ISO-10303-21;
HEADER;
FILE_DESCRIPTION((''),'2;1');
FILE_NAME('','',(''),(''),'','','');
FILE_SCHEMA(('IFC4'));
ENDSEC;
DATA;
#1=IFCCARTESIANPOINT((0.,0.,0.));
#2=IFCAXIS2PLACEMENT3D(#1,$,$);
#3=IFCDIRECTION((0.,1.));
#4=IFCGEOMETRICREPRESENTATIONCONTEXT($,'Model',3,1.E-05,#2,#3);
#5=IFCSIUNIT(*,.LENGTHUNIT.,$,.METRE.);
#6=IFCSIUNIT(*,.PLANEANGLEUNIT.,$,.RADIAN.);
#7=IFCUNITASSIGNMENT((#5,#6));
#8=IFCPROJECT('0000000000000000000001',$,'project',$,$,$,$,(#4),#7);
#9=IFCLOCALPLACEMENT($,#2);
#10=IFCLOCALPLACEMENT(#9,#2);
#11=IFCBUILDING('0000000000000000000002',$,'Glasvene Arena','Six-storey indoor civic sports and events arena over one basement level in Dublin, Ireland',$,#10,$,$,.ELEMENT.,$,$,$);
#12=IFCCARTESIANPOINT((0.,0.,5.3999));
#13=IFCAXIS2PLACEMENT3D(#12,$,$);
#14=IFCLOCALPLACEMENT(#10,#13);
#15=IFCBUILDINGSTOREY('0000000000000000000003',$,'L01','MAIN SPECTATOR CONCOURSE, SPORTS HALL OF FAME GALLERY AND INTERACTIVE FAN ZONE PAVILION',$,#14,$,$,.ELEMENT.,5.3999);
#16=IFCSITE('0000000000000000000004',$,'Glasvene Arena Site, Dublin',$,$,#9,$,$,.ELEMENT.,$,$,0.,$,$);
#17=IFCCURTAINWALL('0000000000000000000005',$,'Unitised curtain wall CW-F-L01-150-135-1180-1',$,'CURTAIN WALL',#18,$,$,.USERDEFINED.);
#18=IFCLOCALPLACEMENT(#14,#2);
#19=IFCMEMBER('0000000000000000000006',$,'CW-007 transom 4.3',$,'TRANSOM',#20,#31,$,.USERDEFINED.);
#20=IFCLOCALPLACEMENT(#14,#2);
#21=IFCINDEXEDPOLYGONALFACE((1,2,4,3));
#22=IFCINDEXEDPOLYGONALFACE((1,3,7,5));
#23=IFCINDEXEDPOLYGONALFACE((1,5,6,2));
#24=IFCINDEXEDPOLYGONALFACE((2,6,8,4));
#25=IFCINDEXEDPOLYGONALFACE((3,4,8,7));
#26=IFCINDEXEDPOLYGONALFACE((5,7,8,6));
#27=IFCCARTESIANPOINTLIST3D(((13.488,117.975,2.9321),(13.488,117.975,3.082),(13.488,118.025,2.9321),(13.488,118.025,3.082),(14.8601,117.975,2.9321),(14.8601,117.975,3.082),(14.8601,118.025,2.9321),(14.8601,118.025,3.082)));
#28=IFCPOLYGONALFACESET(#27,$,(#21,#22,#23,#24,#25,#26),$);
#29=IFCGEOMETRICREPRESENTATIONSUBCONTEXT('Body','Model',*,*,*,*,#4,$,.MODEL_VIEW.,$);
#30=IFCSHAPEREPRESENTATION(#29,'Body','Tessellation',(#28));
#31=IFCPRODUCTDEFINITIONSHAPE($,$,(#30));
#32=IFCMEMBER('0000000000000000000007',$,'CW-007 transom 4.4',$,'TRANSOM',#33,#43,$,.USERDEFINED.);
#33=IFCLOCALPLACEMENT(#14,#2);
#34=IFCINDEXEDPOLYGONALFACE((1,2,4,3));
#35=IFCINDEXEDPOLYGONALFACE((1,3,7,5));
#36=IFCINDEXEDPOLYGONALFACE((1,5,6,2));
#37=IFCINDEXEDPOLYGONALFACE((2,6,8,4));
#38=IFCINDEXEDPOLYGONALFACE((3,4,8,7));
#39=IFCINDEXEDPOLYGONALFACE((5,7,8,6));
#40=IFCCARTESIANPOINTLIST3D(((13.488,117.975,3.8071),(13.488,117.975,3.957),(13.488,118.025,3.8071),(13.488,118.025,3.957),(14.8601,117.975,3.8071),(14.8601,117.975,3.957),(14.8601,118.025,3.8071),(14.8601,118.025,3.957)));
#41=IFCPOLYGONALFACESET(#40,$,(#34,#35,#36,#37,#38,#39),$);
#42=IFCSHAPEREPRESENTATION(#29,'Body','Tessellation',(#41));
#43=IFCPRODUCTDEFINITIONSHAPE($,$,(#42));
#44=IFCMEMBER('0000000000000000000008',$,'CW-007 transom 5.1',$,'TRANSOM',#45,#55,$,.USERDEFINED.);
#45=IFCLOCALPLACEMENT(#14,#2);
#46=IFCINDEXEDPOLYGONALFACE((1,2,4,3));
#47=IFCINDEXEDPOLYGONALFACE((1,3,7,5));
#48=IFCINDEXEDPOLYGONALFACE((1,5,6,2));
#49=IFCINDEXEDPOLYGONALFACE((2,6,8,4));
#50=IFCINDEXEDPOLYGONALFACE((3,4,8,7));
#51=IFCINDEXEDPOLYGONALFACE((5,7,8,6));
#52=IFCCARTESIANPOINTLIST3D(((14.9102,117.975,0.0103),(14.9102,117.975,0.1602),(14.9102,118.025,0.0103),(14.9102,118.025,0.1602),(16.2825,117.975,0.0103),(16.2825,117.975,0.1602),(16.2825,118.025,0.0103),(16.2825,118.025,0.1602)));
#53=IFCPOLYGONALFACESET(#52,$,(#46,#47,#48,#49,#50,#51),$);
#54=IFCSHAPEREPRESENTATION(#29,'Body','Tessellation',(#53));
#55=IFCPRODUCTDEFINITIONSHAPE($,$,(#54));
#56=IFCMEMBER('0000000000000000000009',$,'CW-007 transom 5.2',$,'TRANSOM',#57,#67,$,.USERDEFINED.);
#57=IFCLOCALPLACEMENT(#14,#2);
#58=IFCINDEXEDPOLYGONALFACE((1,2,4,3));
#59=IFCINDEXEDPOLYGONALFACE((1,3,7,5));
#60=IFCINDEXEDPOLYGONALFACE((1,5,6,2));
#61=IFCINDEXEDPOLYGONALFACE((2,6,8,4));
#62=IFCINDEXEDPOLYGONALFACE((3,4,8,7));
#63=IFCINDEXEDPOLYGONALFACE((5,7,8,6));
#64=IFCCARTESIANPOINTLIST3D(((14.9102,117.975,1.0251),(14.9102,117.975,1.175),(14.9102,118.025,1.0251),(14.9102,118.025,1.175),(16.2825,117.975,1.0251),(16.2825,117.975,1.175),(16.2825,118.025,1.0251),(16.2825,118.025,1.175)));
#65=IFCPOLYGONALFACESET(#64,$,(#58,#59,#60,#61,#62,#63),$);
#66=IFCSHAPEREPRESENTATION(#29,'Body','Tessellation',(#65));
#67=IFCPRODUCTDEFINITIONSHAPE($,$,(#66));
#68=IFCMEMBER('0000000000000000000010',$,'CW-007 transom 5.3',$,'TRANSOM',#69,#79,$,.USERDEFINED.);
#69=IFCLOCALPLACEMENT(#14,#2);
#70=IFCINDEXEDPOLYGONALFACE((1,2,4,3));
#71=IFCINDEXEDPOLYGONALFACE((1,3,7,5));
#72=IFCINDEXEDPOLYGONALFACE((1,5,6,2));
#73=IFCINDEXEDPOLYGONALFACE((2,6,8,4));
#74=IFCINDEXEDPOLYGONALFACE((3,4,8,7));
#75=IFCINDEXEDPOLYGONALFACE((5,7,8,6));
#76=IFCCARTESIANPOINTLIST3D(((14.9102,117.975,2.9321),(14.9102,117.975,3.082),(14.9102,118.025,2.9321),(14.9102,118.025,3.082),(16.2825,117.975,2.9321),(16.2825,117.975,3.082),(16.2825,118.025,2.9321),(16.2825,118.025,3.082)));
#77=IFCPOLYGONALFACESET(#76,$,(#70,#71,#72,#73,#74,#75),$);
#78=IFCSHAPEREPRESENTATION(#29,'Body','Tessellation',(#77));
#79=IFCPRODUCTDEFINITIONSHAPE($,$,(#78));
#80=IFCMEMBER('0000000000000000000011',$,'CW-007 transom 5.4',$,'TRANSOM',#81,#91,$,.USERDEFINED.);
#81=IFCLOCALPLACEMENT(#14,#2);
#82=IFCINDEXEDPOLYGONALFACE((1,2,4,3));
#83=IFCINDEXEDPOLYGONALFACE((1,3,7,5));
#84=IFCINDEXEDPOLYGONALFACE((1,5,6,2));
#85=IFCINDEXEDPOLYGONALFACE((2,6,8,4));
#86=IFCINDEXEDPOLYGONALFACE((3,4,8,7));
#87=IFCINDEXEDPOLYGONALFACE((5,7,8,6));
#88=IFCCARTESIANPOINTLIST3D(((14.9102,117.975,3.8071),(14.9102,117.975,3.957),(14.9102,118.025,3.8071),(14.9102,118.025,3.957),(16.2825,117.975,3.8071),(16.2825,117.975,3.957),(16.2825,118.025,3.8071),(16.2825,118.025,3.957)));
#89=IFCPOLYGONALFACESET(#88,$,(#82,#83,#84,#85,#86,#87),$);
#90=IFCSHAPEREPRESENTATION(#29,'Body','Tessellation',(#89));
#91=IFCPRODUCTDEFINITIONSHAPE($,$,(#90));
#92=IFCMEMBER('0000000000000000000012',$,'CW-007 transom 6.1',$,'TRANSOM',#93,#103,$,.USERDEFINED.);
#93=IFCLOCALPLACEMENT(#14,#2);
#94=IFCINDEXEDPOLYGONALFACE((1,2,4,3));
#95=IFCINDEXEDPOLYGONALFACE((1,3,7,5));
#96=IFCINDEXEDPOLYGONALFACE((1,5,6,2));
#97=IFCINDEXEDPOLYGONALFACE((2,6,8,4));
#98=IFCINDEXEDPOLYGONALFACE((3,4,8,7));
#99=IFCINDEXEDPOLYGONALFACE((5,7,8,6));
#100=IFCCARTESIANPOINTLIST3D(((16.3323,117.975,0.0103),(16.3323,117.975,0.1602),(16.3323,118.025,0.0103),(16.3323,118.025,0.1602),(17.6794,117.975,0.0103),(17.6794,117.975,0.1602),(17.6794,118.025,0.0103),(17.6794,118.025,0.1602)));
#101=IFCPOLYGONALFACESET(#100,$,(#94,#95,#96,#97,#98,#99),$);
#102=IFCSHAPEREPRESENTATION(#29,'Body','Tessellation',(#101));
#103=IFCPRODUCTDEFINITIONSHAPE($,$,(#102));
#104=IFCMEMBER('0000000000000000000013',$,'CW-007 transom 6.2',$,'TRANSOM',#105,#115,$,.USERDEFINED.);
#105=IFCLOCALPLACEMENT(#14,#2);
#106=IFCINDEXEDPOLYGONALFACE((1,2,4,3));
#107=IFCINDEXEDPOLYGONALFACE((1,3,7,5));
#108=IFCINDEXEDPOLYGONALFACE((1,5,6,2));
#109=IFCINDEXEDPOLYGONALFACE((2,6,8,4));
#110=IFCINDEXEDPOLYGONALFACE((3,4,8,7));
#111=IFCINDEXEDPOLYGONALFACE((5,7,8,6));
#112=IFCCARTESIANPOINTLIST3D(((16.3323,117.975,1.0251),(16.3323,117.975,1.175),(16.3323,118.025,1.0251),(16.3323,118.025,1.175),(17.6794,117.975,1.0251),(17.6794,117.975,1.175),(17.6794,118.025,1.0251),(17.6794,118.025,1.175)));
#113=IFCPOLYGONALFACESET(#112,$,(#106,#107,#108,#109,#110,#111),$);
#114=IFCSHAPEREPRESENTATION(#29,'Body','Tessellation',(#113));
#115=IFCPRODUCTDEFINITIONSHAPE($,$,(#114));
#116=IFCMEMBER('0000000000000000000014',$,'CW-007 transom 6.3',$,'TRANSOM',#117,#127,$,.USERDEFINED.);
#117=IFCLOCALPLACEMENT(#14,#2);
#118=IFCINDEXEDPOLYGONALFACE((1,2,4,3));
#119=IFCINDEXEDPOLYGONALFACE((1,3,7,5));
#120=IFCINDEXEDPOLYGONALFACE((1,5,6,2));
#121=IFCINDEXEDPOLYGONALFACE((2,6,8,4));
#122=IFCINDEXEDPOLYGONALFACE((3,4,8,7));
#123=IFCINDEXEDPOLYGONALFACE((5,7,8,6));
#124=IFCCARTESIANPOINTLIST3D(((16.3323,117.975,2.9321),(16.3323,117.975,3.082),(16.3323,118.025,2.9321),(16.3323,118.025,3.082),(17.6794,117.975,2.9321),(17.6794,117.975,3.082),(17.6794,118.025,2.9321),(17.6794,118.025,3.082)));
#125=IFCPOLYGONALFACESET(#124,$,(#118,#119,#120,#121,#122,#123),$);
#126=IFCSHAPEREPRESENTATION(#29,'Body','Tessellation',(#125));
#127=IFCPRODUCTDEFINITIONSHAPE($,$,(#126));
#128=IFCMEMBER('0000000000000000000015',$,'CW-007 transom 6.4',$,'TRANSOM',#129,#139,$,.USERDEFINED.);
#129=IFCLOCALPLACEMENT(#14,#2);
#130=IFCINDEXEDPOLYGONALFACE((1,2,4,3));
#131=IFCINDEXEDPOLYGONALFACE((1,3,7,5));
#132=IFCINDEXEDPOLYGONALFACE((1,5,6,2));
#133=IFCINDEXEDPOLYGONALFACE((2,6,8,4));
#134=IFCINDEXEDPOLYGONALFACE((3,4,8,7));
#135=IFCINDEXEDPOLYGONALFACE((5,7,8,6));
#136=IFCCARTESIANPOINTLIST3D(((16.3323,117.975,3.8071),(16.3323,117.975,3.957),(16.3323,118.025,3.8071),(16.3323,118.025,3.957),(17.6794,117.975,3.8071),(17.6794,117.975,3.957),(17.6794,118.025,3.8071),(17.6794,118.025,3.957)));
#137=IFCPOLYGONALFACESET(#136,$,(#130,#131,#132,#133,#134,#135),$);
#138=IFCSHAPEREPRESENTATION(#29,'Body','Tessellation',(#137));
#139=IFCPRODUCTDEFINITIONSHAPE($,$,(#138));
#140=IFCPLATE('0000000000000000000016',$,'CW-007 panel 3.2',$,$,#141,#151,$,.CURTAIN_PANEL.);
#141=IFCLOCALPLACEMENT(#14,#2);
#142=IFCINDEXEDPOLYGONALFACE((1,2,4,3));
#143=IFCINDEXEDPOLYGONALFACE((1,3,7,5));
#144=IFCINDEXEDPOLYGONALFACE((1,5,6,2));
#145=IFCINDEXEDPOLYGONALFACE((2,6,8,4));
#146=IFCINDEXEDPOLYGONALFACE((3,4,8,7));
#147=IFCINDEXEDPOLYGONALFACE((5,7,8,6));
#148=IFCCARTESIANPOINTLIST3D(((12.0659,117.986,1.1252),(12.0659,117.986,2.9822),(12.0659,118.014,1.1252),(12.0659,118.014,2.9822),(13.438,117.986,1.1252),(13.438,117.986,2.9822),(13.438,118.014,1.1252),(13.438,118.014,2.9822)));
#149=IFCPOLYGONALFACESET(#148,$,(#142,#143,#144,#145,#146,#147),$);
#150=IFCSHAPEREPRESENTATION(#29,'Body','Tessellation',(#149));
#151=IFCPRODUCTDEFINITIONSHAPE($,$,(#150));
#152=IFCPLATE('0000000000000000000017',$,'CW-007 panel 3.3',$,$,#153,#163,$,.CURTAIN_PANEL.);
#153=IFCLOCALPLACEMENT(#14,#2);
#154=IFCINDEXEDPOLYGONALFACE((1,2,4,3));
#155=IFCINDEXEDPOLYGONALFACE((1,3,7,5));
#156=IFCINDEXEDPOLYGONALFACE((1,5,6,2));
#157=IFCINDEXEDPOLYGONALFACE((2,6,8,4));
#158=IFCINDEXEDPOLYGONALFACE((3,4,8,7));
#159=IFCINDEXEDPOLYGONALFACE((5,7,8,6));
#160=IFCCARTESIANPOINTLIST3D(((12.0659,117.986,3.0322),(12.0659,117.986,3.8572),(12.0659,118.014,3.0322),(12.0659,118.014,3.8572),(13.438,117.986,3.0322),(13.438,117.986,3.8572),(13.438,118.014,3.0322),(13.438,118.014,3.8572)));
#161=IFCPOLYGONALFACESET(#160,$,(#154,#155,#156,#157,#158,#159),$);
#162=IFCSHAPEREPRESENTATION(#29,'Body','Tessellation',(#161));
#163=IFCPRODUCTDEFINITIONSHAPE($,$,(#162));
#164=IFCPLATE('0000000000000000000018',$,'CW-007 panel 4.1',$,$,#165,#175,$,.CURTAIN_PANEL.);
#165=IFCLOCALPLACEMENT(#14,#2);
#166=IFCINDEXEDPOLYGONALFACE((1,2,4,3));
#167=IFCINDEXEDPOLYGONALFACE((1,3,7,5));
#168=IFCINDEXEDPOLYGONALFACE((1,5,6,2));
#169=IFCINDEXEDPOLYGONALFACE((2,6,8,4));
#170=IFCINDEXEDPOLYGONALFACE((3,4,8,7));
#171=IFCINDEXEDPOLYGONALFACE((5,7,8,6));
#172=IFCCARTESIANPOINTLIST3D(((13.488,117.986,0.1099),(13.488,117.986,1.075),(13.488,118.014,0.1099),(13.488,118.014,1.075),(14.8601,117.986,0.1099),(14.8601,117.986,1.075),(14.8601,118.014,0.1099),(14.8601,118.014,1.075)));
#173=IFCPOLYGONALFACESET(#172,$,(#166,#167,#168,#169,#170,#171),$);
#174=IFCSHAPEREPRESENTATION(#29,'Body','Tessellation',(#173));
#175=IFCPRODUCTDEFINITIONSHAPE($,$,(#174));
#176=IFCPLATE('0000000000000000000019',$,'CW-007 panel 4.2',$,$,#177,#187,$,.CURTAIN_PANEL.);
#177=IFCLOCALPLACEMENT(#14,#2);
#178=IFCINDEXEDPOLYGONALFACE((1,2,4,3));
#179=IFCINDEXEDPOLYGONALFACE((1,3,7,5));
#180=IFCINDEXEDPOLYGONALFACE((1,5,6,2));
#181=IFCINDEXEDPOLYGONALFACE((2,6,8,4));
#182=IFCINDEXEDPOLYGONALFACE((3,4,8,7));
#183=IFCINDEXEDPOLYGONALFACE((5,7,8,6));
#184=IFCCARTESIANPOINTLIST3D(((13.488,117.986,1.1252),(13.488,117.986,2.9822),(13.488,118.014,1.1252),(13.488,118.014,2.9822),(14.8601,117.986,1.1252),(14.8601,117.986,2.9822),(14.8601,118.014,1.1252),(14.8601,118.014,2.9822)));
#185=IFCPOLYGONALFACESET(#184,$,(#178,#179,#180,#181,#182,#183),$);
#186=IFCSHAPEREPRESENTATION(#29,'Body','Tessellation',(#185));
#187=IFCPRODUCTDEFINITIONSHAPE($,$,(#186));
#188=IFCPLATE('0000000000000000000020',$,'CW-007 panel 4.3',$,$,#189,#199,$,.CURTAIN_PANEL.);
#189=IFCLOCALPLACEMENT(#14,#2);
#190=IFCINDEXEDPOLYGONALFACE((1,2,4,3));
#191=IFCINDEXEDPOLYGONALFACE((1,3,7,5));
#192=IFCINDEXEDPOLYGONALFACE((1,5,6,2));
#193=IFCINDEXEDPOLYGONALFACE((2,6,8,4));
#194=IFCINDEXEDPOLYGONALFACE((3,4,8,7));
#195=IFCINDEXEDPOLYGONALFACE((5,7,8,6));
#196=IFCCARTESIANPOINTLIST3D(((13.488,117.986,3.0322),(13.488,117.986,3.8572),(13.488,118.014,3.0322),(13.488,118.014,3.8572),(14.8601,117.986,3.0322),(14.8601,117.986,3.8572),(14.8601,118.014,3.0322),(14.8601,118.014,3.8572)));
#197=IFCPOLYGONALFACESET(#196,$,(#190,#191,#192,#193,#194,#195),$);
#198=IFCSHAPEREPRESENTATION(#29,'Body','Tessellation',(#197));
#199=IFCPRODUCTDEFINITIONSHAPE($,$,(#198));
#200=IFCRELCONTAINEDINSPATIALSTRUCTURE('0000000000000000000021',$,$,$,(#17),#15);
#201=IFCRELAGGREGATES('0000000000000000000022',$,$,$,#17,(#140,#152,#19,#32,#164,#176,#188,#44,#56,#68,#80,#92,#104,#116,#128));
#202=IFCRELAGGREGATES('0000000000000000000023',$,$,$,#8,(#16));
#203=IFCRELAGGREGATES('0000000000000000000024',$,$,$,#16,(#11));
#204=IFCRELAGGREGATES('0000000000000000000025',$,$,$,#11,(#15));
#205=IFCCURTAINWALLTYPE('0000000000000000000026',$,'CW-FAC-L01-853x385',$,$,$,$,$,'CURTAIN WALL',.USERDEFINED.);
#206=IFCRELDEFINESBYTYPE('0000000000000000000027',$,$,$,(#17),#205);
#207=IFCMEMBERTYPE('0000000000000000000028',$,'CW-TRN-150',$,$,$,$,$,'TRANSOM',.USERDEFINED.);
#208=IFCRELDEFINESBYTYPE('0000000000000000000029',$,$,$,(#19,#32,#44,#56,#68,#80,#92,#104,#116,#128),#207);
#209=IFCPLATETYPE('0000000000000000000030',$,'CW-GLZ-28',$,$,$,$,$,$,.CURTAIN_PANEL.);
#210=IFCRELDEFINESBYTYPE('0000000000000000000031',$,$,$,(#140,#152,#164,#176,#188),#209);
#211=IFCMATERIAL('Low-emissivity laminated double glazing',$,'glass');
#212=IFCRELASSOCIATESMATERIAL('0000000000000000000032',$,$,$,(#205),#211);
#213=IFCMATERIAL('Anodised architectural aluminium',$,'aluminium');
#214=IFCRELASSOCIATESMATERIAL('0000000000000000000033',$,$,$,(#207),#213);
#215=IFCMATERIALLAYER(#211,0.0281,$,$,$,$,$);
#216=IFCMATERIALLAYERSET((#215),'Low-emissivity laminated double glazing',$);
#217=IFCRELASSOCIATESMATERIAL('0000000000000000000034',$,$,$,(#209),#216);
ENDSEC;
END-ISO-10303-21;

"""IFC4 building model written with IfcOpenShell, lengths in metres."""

from ifc_helpers import new_model, si_unit, direction, frame, origin, origin_2d, place, context, subcontext, project, spatial, rectangle, extrude, material, layer, layer_set, material_profile, profile_set, type_object, element, aggregate, save


model = new_model("IFC4")

# Units and contexts
model_context = context("Model", 3, precision=1e-05, world=origin(), true_north=direction((0.0, 1.0)))
body_context = subcontext(model_context, "Body", "Model", "MODEL_VIEW")
ifc_project = project(units=[si_unit("LENGTHUNIT", "METRE"), si_unit("PLANEANGLEUNIT", "RADIAN")], contexts=[model_context])

# Site, building, storey
site_placement = place(None, origin())
site = spatial("IfcSite", under=ifc_project, at=site_placement, Name="Glasvene Arena Site, Dublin", CompositionType="ELEMENT", RefElevation=0.0)
building_placement = place(site_placement, origin())
building = spatial("IfcBuilding", under=site, at=building_placement, Name="Glasvene Arena", Description="Six-storey indoor civic sports and events arena over one basement level in Dublin, Ireland", CompositionType="ELEMENT")
storey_placement = place(building_placement, frame((0.0, 0.0, 5.3999)))
storey = spatial("IfcBuildingStorey", under=building, at=storey_placement, Name="L01", Description="MAIN SPECTATOR CONCOURSE, SPORTS HALL OF FAME GALLERY AND INTERACTIVE FAN ZONE PAVILION", CompositionType="ELEMENT", Elevation=5.3999)

# Curtain wall, members, plates
ifc_material_1 = material(Name="Low-emissivity laminated double glazing", Category="glass")
curtain_wall_type = type_object("IfcCurtainWallType", Name="CW-FAC-L01-853x385", ElementType="CURTAIN WALL", PredefinedType="USERDEFINED", material=ifc_material_1)
curtain_wall_placement = place(storey_placement, frame((9.1965, 118.0, 0.0)))
curtain_wall = element("IfcCurtainWall", 1, at=curtain_wall_placement, inside=storey, type_object=curtain_wall_type, Name="Unitised curtain wall CW-F-L01-150-135-1180-1", ObjectType="CURTAIN WALL", PredefinedType="USERDEFINED")
ifc_material_2 = material(Name="Anodised architectural aluminium", Category="aluminium")
ifc_material_profile_1 = material_profile(ifc_material_2, rectangle(XDim=0.05, YDim=0.1499, at=origin_2d()), Name="ALU TRANSOM 50x150")
ifc_profile_set_1 = profile_set([ifc_material_profile_1], Name="Anodised architectural aluminium")
member_type_1 = type_object("IfcMemberType", Name="CW-TRN-150", ElementType="TRANSOM", PredefinedType="USERDEFINED", material=ifc_profile_set_1)
member_1_placement = place(storey_placement, frame((13.488, 118.0, 3.0071), z_axis=(1.0, 0.0, 0.0), x_axis=(0.0, 1.0, 0.0)))
member_1 = element("IfcMember", 2, at=member_1_placement, type_object=member_type_1, Name="CW-007 transom 4.3", ObjectType="TRANSOM", PredefinedType="USERDEFINED", context=body_context, shape_type="SweptSolid", body=[
    extrude(rectangle(XDim=0.05, YDim=0.1499, at=origin_2d()), origin(), (0.0, 0.0, 1.0), 1.3721),
])
member_2_placement = place(storey_placement, frame((13.488, 118.0, 3.8821), z_axis=(1.0, 0.0, 0.0), x_axis=(0.0, 1.0, 0.0)))
member_2 = element("IfcMember", 3, at=member_2_placement, type_object=member_type_1, Name="CW-007 transom 4.4", ObjectType="TRANSOM", PredefinedType="USERDEFINED", context=body_context, shape_type="SweptSolid", body=[
    extrude(rectangle(XDim=0.05, YDim=0.1499, at=origin_2d()), origin(), (0.0, 0.0, 1.0), 1.3721),
])
member_3_placement = place(storey_placement, frame((14.9102, 118.0, 0.0852), z_axis=(1.0, 0.0, 0.0), x_axis=(0.0, 1.0, 0.0)))
member_3 = element("IfcMember", 4, at=member_3_placement, type_object=member_type_1, Name="CW-007 transom 5.1", ObjectType="TRANSOM", PredefinedType="USERDEFINED", context=body_context, shape_type="SweptSolid", body=[
    extrude(rectangle(XDim=0.05, YDim=0.1499, at=origin_2d()), origin(), (0.0, 0.0, 1.0), 1.3723),
])
member_4_placement = place(storey_placement, frame((14.9102, 118.0, 1.1001), z_axis=(1.0, 0.0, 0.0), x_axis=(0.0, 1.0, 0.0)))
member_4 = element("IfcMember", 5, at=member_4_placement, type_object=member_type_1, Name="CW-007 transom 5.2", ObjectType="TRANSOM", PredefinedType="USERDEFINED", context=body_context, shape_type="SweptSolid", body=[
    extrude(rectangle(XDim=0.05, YDim=0.1499, at=origin_2d()), origin(), (0.0, 0.0, 1.0), 1.3723),
])
member_5_placement = place(storey_placement, frame((14.9102, 118.0, 3.0071), z_axis=(1.0, 0.0, 0.0), x_axis=(0.0, 1.0, 0.0)))
member_5 = element("IfcMember", 6, at=member_5_placement, type_object=member_type_1, Name="CW-007 transom 5.3", ObjectType="TRANSOM", PredefinedType="USERDEFINED", context=body_context, shape_type="SweptSolid", body=[
    extrude(rectangle(XDim=0.05, YDim=0.1499, at=origin_2d()), origin(), (0.0, 0.0, 1.0), 1.3723),
])
member_6_placement = place(storey_placement, frame((14.9102, 118.0, 3.8821), z_axis=(1.0, 0.0, 0.0), x_axis=(0.0, 1.0, 0.0)))
member_6 = element("IfcMember", 7, at=member_6_placement, type_object=member_type_1, Name="CW-007 transom 5.4", ObjectType="TRANSOM", PredefinedType="USERDEFINED", context=body_context, shape_type="SweptSolid", body=[
    extrude(rectangle(XDim=0.05, YDim=0.1499, at=origin_2d()), origin(), (0.0, 0.0, 1.0), 1.3723),
])
member_7_placement = place(storey_placement, frame((16.3323, 118.0, 0.0852), z_axis=(1.0, 0.0, 0.0), x_axis=(0.0, 1.0, 0.0)))
member_7 = element("IfcMember", 8, at=member_7_placement, type_object=member_type_1, Name="CW-007 transom 6.1", ObjectType="TRANSOM", PredefinedType="USERDEFINED", context=body_context, shape_type="SweptSolid", body=[
    extrude(rectangle(XDim=0.05, YDim=0.1499, at=origin_2d()), origin(), (0.0, 0.0, 1.0), 1.3472),
])
member_8_placement = place(storey_placement, frame((16.3323, 118.0, 1.1001), z_axis=(1.0, 0.0, 0.0), x_axis=(0.0, 1.0, 0.0)))
member_8 = element("IfcMember", 9, at=member_8_placement, type_object=member_type_1, Name="CW-007 transom 6.2", ObjectType="TRANSOM", PredefinedType="USERDEFINED", context=body_context, shape_type="SweptSolid", body=[
    extrude(rectangle(XDim=0.05, YDim=0.1499, at=origin_2d()), origin(), (0.0, 0.0, 1.0), 1.3472),
])
member_9_placement = place(storey_placement, frame((16.3323, 118.0, 3.0071), z_axis=(1.0, 0.0, 0.0), x_axis=(0.0, 1.0, 0.0)))
member_9 = element("IfcMember", 10, at=member_9_placement, type_object=member_type_1, Name="CW-007 transom 6.3", ObjectType="TRANSOM", PredefinedType="USERDEFINED", context=body_context, shape_type="SweptSolid", body=[
    extrude(rectangle(XDim=0.05, YDim=0.1499, at=origin_2d()), origin(), (0.0, 0.0, 1.0), 1.3472),
])
member_10_placement = place(storey_placement, frame((16.3323, 118.0, 3.8821), z_axis=(1.0, 0.0, 0.0), x_axis=(0.0, 1.0, 0.0)))
member_10 = element("IfcMember", 11, at=member_10_placement, type_object=member_type_1, Name="CW-007 transom 6.4", ObjectType="TRANSOM", PredefinedType="USERDEFINED", context=body_context, shape_type="SweptSolid", body=[
    extrude(rectangle(XDim=0.05, YDim=0.1499, at=origin_2d()), origin(), (0.0, 0.0, 1.0), 1.3472),
])
ifc_layer_1 = layer(ifc_material_1, 0.0281)
ifc_layer_set_1 = layer_set([ifc_layer_1], Name="Low-emissivity laminated double glazing")
plate_type = type_object("IfcPlateType", Name="CW-GLZ-28", PredefinedType="CURTAIN_PANEL", material=ifc_layer_set_1)
plate_1_placement = place(storey_placement, frame((12.752, 118.0, 1.1252), z_axis=(0.0, 0.0, 1.0), x_axis=(1.0, 0.0, 0.0)))
plate_1 = element("IfcPlate", 12, at=plate_1_placement, type_object=plate_type, Name="CW-007 panel 3.2", PredefinedType="CURTAIN_PANEL", context=body_context, shape_type="SweptSolid", body=[
    extrude(rectangle(XDim=1.3721, YDim=0.0281, at=origin_2d()), origin(), (0.0, 0.0, 1.0), 1.8569),
])
plate_2_placement = place(storey_placement, frame((12.752, 118.0, 3.0322), z_axis=(0.0, 0.0, 1.0), x_axis=(1.0, 0.0, 0.0)))
plate_2 = element("IfcPlate", 13, at=plate_2_placement, type_object=plate_type, Name="CW-007 panel 3.3", PredefinedType="CURTAIN_PANEL", context=body_context, shape_type="SweptSolid", body=[
    extrude(rectangle(XDim=1.3721, YDim=0.0281, at=origin_2d()), origin(), (0.0, 0.0, 1.0), 0.825),
])
plate_3_placement = place(storey_placement, frame((14.1741, 118.0, 0.1099), z_axis=(0.0, 0.0, 1.0), x_axis=(1.0, 0.0, 0.0)))
plate_3 = element("IfcPlate", 14, at=plate_3_placement, type_object=plate_type, Name="CW-007 panel 4.1", PredefinedType="CURTAIN_PANEL", context=body_context, shape_type="SweptSolid", body=[
    extrude(rectangle(XDim=1.3721, YDim=0.0281, at=origin_2d()), origin(), (0.0, 0.0, 1.0), 0.9651),
])
plate_4_placement = place(storey_placement, frame((14.1741, 118.0, 1.1252), z_axis=(0.0, 0.0, 1.0), x_axis=(1.0, 0.0, 0.0)))
plate_4 = element("IfcPlate", 15, at=plate_4_placement, type_object=plate_type, Name="CW-007 panel 4.2", PredefinedType="CURTAIN_PANEL", context=body_context, shape_type="SweptSolid", body=[
    extrude(rectangle(XDim=1.3721, YDim=0.0281, at=origin_2d()), origin(), (0.0, 0.0, 1.0), 1.8569),
])
plate_5_placement = place(storey_placement, frame((14.1741, 118.0, 3.0322), z_axis=(0.0, 0.0, 1.0), x_axis=(1.0, 0.0, 0.0)))
plate_5 = element("IfcPlate", 16, at=plate_5_placement, type_object=plate_type, Name="CW-007 panel 4.3", PredefinedType="CURTAIN_PANEL", context=body_context, shape_type="SweptSolid", body=[
    extrude(rectangle(XDim=1.3721, YDim=0.0281, at=origin_2d()), origin(), (0.0, 0.0, 1.0), 0.825),
])
aggregate(curtain_wall, [plate_1, plate_2, member_1, member_2, plate_3, plate_4, plate_5, member_3, member_4, member_5, member_6, member_7, member_8, member_9, member_10])

save(model, "model.ifc")
